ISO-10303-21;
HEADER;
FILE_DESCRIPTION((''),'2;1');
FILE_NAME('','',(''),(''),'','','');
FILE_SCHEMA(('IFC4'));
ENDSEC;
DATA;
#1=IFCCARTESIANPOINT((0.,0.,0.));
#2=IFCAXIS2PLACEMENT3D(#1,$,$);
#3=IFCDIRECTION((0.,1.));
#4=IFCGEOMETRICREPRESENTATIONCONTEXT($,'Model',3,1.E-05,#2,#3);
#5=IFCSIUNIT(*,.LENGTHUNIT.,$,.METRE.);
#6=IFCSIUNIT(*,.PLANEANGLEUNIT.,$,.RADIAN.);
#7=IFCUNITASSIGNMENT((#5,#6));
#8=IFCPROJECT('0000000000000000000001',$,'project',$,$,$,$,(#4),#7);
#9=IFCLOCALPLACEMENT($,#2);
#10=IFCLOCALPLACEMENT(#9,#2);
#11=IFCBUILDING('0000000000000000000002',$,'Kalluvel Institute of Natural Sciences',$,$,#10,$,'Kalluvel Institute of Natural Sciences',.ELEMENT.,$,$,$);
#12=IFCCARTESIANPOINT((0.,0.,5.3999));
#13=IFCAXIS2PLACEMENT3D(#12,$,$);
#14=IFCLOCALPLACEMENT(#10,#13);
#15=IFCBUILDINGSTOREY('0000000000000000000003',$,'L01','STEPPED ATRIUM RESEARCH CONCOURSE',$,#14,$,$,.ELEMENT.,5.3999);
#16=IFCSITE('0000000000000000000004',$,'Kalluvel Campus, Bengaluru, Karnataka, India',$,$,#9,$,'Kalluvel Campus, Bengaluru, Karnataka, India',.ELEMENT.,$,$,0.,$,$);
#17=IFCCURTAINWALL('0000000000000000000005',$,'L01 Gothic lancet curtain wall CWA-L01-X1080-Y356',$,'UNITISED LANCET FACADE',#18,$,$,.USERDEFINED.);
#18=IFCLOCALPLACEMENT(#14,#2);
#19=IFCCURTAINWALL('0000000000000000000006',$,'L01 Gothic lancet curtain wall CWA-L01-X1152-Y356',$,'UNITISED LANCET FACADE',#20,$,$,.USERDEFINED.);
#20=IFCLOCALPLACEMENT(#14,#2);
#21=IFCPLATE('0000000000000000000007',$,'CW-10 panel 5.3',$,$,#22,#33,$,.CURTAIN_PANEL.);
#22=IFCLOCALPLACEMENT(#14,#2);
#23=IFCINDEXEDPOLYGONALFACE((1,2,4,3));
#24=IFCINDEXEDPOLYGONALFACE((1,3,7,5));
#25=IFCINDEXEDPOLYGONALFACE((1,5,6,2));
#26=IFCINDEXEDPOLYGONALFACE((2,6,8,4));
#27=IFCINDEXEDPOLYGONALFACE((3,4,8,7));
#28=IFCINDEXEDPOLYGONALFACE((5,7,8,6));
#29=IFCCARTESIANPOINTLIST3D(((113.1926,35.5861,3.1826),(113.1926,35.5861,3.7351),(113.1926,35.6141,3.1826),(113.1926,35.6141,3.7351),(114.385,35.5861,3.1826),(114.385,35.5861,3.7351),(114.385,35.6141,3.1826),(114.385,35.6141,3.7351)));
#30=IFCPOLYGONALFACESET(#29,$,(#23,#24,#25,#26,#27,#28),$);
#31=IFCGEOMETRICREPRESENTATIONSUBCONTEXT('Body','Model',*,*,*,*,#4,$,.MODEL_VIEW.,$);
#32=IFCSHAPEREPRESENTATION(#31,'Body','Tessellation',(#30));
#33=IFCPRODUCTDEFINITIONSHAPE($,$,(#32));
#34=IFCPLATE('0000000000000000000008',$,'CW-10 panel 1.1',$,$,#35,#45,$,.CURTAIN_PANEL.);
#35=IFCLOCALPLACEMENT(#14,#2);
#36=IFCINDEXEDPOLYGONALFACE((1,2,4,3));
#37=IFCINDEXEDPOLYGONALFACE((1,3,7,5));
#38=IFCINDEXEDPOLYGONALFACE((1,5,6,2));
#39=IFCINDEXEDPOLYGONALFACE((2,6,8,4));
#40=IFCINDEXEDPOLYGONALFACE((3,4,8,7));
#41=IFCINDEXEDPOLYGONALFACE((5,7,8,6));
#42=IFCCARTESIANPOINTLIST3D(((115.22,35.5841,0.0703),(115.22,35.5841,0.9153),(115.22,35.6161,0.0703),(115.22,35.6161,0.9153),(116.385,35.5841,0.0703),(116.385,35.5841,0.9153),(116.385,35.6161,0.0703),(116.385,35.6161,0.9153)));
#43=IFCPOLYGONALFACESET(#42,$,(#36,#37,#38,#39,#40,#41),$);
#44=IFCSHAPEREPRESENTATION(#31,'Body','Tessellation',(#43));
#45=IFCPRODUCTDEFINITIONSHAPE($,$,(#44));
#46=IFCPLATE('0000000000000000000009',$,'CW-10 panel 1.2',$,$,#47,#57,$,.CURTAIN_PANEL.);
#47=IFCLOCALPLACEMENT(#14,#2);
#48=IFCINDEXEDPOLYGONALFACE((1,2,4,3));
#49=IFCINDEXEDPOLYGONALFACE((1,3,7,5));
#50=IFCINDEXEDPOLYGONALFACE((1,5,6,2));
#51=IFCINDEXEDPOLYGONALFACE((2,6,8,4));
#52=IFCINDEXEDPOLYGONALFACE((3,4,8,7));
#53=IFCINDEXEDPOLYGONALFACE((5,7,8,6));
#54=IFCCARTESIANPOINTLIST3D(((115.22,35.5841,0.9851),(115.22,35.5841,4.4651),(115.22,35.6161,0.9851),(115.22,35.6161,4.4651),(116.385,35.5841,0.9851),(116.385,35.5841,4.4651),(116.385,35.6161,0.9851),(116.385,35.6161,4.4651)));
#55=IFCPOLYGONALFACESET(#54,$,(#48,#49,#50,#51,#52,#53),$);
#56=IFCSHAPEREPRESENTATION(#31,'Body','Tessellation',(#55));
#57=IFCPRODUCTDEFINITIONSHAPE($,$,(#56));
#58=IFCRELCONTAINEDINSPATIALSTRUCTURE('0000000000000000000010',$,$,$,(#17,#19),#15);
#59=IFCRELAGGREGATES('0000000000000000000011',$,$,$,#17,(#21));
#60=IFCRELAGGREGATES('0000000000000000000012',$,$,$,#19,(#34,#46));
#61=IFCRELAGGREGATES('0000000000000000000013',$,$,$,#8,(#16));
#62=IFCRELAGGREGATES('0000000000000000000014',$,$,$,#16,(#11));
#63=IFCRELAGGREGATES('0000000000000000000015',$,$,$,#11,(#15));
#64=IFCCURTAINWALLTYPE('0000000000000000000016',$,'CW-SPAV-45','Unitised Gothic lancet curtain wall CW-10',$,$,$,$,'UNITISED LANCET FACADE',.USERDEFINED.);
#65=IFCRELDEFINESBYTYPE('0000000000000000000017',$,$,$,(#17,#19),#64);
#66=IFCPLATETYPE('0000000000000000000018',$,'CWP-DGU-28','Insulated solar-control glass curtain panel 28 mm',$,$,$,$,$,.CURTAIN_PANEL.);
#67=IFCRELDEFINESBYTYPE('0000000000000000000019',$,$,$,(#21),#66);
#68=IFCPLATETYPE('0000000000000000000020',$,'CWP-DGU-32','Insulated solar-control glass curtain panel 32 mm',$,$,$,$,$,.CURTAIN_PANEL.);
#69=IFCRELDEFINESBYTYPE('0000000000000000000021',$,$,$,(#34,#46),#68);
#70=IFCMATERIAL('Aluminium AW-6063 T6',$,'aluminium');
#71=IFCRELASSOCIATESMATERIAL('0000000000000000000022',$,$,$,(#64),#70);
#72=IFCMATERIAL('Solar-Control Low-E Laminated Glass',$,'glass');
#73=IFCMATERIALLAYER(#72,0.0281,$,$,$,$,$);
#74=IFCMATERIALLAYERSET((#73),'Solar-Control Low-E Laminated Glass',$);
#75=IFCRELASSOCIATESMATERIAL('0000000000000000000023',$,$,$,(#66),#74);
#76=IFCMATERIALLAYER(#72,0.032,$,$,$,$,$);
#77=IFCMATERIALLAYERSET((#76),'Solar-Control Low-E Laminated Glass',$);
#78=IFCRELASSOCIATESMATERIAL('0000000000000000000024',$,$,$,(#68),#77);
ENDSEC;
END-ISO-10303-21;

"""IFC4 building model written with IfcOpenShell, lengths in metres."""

from ifc_helpers import new_model, si_unit, direction, frame, origin, origin_2d, place, context, subcontext, project, spatial, rectangle, extrude, material, layer, layer_set, type_object, element, aggregate, save


model = new_model("IFC4")

# Units and contexts
model_context = context("Model", 3, precision=1e-05, world=origin(), true_north=direction((0.0, 1.0)))
body_context = subcontext(model_context, "Body", "Model", "MODEL_VIEW")
ifc_project = project(units=[si_unit("LENGTHUNIT", "METRE"), si_unit("PLANEANGLEUNIT", "RADIAN")], contexts=[model_context])

# Site, building, storey
site_placement = place(None, origin())
site = spatial("IfcSite", under=ifc_project, at=site_placement, Name="Kalluvel Campus, Bengaluru, Karnataka, India", LongName="Kalluvel Campus, Bengaluru, Karnataka, India", CompositionType="ELEMENT", RefElevation=0.0)
building_placement = place(site_placement, origin())
building = spatial("IfcBuilding", under=site, at=building_placement, Name="Kalluvel Institute of Natural Sciences", LongName="Kalluvel Institute of Natural Sciences", CompositionType="ELEMENT")
storey_placement = place(building_placement, frame((0.0, 0.0, 5.3999)))
storey = spatial("IfcBuildingStorey", under=building, at=storey_placement, Name="L01", Description="STEPPED ATRIUM RESEARCH CONCOURSE", CompositionType="ELEMENT", Elevation=5.3999)

# Curtain wall
ifc_material_1 = material(Name="Aluminium AW-6063 T6", Category="aluminium")
curtain_wall_type = type_object("IfcCurtainWallType", Name="CW-SPAV-45", Description="Unitised Gothic lancet curtain wall CW-10", ElementType="UNITISED LANCET FACADE", PredefinedType="USERDEFINED", material=ifc_material_1)
curtain_wall_1_placement = place(storey_placement, origin())
curtain_wall_1 = element("IfcCurtainWall", 1, at=curtain_wall_1_placement, inside=storey, type_object=curtain_wall_type, Name="L01 Gothic lancet curtain wall CWA-L01-X1080-Y356", ObjectType="UNITISED LANCET FACADE", PredefinedType="USERDEFINED")

# Curtain wall
curtain_wall_2_placement = place(storey_placement, origin())
curtain_wall_2 = element("IfcCurtainWall", 2, at=curtain_wall_2_placement, inside=storey, type_object=curtain_wall_type, Name="L01 Gothic lancet curtain wall CWA-L01-X1152-Y356", ObjectType="UNITISED LANCET FACADE", PredefinedType="USERDEFINED")

# Plates
ifc_material_2 = material(Name="Solar-Control Low-E Laminated Glass", Category="glass")
ifc_layer_1 = layer(ifc_material_2, 0.0281)
ifc_layer_set_1 = layer_set([ifc_layer_1], Name="Solar-Control Low-E Laminated Glass")
plate_type_1 = type_object("IfcPlateType", Name="CWP-DGU-28", Description="Insulated solar-control glass curtain panel 28 mm", PredefinedType="CURTAIN_PANEL", material=ifc_layer_set_1)
plate_1_placement = place(storey_placement, frame((113.7888, 35.6001, 3.1826), z_axis=(0.0, 0.0, 1.0), x_axis=(1.0, 0.0, 0.0)))
plate_1 = element("IfcPlate", 3, at=plate_1_placement, type_object=plate_type_1, Name="CW-10 panel 5.3", PredefinedType="CURTAIN_PANEL", context=body_context, shape_type="SweptSolid", body=[
    extrude(rectangle(XDim=1.1924, YDim=0.0281, at=origin_2d()), origin(), (0.0, 0.0, 1.0), 0.5525),
])
aggregate(curtain_wall_1, [plate_1])
ifc_layer_2 = layer(ifc_material_2, 0.032)
ifc_layer_set_2 = layer_set([ifc_layer_2], Name="Solar-Control Low-E Laminated Glass")
plate_type_2 = type_object("IfcPlateType", Name="CWP-DGU-32", Description="Insulated solar-control glass curtain panel 32 mm", PredefinedType="CURTAIN_PANEL", material=ifc_layer_set_2)
plate_2_placement = place(storey_placement, frame((115.8025, 35.6001, 0.0703), z_axis=(0.0, 0.0, 1.0), x_axis=(1.0, 0.0, 0.0)))
plate_2 = element("IfcPlate", 4, at=plate_2_placement, type_object=plate_type_2, Name="CW-10 panel 1.1", PredefinedType="CURTAIN_PANEL", context=body_context, shape_type="SweptSolid", body=[
    extrude(rectangle(XDim=1.165, YDim=0.032, at=origin_2d()), origin(), (0.0, 0.0, 1.0), 0.845),
])
plate_3_placement = place(storey_placement, frame((115.8025, 35.6001, 0.9851), z_axis=(0.0, 0.0, 1.0), x_axis=(1.0, 0.0, 0.0)))
plate_3 = element("IfcPlate", 5, at=plate_3_placement, type_object=plate_type_2, Name="CW-10 panel 1.2", PredefinedType="CURTAIN_PANEL", context=body_context, shape_type="SweptSolid", body=[
    extrude(rectangle(XDim=1.165, YDim=0.032, at=origin_2d()), origin(), (0.0, 0.0, 1.0), 3.48),
])
aggregate(curtain_wall_2, [plate_2, plate_3])

save(model, "model.ifc")
